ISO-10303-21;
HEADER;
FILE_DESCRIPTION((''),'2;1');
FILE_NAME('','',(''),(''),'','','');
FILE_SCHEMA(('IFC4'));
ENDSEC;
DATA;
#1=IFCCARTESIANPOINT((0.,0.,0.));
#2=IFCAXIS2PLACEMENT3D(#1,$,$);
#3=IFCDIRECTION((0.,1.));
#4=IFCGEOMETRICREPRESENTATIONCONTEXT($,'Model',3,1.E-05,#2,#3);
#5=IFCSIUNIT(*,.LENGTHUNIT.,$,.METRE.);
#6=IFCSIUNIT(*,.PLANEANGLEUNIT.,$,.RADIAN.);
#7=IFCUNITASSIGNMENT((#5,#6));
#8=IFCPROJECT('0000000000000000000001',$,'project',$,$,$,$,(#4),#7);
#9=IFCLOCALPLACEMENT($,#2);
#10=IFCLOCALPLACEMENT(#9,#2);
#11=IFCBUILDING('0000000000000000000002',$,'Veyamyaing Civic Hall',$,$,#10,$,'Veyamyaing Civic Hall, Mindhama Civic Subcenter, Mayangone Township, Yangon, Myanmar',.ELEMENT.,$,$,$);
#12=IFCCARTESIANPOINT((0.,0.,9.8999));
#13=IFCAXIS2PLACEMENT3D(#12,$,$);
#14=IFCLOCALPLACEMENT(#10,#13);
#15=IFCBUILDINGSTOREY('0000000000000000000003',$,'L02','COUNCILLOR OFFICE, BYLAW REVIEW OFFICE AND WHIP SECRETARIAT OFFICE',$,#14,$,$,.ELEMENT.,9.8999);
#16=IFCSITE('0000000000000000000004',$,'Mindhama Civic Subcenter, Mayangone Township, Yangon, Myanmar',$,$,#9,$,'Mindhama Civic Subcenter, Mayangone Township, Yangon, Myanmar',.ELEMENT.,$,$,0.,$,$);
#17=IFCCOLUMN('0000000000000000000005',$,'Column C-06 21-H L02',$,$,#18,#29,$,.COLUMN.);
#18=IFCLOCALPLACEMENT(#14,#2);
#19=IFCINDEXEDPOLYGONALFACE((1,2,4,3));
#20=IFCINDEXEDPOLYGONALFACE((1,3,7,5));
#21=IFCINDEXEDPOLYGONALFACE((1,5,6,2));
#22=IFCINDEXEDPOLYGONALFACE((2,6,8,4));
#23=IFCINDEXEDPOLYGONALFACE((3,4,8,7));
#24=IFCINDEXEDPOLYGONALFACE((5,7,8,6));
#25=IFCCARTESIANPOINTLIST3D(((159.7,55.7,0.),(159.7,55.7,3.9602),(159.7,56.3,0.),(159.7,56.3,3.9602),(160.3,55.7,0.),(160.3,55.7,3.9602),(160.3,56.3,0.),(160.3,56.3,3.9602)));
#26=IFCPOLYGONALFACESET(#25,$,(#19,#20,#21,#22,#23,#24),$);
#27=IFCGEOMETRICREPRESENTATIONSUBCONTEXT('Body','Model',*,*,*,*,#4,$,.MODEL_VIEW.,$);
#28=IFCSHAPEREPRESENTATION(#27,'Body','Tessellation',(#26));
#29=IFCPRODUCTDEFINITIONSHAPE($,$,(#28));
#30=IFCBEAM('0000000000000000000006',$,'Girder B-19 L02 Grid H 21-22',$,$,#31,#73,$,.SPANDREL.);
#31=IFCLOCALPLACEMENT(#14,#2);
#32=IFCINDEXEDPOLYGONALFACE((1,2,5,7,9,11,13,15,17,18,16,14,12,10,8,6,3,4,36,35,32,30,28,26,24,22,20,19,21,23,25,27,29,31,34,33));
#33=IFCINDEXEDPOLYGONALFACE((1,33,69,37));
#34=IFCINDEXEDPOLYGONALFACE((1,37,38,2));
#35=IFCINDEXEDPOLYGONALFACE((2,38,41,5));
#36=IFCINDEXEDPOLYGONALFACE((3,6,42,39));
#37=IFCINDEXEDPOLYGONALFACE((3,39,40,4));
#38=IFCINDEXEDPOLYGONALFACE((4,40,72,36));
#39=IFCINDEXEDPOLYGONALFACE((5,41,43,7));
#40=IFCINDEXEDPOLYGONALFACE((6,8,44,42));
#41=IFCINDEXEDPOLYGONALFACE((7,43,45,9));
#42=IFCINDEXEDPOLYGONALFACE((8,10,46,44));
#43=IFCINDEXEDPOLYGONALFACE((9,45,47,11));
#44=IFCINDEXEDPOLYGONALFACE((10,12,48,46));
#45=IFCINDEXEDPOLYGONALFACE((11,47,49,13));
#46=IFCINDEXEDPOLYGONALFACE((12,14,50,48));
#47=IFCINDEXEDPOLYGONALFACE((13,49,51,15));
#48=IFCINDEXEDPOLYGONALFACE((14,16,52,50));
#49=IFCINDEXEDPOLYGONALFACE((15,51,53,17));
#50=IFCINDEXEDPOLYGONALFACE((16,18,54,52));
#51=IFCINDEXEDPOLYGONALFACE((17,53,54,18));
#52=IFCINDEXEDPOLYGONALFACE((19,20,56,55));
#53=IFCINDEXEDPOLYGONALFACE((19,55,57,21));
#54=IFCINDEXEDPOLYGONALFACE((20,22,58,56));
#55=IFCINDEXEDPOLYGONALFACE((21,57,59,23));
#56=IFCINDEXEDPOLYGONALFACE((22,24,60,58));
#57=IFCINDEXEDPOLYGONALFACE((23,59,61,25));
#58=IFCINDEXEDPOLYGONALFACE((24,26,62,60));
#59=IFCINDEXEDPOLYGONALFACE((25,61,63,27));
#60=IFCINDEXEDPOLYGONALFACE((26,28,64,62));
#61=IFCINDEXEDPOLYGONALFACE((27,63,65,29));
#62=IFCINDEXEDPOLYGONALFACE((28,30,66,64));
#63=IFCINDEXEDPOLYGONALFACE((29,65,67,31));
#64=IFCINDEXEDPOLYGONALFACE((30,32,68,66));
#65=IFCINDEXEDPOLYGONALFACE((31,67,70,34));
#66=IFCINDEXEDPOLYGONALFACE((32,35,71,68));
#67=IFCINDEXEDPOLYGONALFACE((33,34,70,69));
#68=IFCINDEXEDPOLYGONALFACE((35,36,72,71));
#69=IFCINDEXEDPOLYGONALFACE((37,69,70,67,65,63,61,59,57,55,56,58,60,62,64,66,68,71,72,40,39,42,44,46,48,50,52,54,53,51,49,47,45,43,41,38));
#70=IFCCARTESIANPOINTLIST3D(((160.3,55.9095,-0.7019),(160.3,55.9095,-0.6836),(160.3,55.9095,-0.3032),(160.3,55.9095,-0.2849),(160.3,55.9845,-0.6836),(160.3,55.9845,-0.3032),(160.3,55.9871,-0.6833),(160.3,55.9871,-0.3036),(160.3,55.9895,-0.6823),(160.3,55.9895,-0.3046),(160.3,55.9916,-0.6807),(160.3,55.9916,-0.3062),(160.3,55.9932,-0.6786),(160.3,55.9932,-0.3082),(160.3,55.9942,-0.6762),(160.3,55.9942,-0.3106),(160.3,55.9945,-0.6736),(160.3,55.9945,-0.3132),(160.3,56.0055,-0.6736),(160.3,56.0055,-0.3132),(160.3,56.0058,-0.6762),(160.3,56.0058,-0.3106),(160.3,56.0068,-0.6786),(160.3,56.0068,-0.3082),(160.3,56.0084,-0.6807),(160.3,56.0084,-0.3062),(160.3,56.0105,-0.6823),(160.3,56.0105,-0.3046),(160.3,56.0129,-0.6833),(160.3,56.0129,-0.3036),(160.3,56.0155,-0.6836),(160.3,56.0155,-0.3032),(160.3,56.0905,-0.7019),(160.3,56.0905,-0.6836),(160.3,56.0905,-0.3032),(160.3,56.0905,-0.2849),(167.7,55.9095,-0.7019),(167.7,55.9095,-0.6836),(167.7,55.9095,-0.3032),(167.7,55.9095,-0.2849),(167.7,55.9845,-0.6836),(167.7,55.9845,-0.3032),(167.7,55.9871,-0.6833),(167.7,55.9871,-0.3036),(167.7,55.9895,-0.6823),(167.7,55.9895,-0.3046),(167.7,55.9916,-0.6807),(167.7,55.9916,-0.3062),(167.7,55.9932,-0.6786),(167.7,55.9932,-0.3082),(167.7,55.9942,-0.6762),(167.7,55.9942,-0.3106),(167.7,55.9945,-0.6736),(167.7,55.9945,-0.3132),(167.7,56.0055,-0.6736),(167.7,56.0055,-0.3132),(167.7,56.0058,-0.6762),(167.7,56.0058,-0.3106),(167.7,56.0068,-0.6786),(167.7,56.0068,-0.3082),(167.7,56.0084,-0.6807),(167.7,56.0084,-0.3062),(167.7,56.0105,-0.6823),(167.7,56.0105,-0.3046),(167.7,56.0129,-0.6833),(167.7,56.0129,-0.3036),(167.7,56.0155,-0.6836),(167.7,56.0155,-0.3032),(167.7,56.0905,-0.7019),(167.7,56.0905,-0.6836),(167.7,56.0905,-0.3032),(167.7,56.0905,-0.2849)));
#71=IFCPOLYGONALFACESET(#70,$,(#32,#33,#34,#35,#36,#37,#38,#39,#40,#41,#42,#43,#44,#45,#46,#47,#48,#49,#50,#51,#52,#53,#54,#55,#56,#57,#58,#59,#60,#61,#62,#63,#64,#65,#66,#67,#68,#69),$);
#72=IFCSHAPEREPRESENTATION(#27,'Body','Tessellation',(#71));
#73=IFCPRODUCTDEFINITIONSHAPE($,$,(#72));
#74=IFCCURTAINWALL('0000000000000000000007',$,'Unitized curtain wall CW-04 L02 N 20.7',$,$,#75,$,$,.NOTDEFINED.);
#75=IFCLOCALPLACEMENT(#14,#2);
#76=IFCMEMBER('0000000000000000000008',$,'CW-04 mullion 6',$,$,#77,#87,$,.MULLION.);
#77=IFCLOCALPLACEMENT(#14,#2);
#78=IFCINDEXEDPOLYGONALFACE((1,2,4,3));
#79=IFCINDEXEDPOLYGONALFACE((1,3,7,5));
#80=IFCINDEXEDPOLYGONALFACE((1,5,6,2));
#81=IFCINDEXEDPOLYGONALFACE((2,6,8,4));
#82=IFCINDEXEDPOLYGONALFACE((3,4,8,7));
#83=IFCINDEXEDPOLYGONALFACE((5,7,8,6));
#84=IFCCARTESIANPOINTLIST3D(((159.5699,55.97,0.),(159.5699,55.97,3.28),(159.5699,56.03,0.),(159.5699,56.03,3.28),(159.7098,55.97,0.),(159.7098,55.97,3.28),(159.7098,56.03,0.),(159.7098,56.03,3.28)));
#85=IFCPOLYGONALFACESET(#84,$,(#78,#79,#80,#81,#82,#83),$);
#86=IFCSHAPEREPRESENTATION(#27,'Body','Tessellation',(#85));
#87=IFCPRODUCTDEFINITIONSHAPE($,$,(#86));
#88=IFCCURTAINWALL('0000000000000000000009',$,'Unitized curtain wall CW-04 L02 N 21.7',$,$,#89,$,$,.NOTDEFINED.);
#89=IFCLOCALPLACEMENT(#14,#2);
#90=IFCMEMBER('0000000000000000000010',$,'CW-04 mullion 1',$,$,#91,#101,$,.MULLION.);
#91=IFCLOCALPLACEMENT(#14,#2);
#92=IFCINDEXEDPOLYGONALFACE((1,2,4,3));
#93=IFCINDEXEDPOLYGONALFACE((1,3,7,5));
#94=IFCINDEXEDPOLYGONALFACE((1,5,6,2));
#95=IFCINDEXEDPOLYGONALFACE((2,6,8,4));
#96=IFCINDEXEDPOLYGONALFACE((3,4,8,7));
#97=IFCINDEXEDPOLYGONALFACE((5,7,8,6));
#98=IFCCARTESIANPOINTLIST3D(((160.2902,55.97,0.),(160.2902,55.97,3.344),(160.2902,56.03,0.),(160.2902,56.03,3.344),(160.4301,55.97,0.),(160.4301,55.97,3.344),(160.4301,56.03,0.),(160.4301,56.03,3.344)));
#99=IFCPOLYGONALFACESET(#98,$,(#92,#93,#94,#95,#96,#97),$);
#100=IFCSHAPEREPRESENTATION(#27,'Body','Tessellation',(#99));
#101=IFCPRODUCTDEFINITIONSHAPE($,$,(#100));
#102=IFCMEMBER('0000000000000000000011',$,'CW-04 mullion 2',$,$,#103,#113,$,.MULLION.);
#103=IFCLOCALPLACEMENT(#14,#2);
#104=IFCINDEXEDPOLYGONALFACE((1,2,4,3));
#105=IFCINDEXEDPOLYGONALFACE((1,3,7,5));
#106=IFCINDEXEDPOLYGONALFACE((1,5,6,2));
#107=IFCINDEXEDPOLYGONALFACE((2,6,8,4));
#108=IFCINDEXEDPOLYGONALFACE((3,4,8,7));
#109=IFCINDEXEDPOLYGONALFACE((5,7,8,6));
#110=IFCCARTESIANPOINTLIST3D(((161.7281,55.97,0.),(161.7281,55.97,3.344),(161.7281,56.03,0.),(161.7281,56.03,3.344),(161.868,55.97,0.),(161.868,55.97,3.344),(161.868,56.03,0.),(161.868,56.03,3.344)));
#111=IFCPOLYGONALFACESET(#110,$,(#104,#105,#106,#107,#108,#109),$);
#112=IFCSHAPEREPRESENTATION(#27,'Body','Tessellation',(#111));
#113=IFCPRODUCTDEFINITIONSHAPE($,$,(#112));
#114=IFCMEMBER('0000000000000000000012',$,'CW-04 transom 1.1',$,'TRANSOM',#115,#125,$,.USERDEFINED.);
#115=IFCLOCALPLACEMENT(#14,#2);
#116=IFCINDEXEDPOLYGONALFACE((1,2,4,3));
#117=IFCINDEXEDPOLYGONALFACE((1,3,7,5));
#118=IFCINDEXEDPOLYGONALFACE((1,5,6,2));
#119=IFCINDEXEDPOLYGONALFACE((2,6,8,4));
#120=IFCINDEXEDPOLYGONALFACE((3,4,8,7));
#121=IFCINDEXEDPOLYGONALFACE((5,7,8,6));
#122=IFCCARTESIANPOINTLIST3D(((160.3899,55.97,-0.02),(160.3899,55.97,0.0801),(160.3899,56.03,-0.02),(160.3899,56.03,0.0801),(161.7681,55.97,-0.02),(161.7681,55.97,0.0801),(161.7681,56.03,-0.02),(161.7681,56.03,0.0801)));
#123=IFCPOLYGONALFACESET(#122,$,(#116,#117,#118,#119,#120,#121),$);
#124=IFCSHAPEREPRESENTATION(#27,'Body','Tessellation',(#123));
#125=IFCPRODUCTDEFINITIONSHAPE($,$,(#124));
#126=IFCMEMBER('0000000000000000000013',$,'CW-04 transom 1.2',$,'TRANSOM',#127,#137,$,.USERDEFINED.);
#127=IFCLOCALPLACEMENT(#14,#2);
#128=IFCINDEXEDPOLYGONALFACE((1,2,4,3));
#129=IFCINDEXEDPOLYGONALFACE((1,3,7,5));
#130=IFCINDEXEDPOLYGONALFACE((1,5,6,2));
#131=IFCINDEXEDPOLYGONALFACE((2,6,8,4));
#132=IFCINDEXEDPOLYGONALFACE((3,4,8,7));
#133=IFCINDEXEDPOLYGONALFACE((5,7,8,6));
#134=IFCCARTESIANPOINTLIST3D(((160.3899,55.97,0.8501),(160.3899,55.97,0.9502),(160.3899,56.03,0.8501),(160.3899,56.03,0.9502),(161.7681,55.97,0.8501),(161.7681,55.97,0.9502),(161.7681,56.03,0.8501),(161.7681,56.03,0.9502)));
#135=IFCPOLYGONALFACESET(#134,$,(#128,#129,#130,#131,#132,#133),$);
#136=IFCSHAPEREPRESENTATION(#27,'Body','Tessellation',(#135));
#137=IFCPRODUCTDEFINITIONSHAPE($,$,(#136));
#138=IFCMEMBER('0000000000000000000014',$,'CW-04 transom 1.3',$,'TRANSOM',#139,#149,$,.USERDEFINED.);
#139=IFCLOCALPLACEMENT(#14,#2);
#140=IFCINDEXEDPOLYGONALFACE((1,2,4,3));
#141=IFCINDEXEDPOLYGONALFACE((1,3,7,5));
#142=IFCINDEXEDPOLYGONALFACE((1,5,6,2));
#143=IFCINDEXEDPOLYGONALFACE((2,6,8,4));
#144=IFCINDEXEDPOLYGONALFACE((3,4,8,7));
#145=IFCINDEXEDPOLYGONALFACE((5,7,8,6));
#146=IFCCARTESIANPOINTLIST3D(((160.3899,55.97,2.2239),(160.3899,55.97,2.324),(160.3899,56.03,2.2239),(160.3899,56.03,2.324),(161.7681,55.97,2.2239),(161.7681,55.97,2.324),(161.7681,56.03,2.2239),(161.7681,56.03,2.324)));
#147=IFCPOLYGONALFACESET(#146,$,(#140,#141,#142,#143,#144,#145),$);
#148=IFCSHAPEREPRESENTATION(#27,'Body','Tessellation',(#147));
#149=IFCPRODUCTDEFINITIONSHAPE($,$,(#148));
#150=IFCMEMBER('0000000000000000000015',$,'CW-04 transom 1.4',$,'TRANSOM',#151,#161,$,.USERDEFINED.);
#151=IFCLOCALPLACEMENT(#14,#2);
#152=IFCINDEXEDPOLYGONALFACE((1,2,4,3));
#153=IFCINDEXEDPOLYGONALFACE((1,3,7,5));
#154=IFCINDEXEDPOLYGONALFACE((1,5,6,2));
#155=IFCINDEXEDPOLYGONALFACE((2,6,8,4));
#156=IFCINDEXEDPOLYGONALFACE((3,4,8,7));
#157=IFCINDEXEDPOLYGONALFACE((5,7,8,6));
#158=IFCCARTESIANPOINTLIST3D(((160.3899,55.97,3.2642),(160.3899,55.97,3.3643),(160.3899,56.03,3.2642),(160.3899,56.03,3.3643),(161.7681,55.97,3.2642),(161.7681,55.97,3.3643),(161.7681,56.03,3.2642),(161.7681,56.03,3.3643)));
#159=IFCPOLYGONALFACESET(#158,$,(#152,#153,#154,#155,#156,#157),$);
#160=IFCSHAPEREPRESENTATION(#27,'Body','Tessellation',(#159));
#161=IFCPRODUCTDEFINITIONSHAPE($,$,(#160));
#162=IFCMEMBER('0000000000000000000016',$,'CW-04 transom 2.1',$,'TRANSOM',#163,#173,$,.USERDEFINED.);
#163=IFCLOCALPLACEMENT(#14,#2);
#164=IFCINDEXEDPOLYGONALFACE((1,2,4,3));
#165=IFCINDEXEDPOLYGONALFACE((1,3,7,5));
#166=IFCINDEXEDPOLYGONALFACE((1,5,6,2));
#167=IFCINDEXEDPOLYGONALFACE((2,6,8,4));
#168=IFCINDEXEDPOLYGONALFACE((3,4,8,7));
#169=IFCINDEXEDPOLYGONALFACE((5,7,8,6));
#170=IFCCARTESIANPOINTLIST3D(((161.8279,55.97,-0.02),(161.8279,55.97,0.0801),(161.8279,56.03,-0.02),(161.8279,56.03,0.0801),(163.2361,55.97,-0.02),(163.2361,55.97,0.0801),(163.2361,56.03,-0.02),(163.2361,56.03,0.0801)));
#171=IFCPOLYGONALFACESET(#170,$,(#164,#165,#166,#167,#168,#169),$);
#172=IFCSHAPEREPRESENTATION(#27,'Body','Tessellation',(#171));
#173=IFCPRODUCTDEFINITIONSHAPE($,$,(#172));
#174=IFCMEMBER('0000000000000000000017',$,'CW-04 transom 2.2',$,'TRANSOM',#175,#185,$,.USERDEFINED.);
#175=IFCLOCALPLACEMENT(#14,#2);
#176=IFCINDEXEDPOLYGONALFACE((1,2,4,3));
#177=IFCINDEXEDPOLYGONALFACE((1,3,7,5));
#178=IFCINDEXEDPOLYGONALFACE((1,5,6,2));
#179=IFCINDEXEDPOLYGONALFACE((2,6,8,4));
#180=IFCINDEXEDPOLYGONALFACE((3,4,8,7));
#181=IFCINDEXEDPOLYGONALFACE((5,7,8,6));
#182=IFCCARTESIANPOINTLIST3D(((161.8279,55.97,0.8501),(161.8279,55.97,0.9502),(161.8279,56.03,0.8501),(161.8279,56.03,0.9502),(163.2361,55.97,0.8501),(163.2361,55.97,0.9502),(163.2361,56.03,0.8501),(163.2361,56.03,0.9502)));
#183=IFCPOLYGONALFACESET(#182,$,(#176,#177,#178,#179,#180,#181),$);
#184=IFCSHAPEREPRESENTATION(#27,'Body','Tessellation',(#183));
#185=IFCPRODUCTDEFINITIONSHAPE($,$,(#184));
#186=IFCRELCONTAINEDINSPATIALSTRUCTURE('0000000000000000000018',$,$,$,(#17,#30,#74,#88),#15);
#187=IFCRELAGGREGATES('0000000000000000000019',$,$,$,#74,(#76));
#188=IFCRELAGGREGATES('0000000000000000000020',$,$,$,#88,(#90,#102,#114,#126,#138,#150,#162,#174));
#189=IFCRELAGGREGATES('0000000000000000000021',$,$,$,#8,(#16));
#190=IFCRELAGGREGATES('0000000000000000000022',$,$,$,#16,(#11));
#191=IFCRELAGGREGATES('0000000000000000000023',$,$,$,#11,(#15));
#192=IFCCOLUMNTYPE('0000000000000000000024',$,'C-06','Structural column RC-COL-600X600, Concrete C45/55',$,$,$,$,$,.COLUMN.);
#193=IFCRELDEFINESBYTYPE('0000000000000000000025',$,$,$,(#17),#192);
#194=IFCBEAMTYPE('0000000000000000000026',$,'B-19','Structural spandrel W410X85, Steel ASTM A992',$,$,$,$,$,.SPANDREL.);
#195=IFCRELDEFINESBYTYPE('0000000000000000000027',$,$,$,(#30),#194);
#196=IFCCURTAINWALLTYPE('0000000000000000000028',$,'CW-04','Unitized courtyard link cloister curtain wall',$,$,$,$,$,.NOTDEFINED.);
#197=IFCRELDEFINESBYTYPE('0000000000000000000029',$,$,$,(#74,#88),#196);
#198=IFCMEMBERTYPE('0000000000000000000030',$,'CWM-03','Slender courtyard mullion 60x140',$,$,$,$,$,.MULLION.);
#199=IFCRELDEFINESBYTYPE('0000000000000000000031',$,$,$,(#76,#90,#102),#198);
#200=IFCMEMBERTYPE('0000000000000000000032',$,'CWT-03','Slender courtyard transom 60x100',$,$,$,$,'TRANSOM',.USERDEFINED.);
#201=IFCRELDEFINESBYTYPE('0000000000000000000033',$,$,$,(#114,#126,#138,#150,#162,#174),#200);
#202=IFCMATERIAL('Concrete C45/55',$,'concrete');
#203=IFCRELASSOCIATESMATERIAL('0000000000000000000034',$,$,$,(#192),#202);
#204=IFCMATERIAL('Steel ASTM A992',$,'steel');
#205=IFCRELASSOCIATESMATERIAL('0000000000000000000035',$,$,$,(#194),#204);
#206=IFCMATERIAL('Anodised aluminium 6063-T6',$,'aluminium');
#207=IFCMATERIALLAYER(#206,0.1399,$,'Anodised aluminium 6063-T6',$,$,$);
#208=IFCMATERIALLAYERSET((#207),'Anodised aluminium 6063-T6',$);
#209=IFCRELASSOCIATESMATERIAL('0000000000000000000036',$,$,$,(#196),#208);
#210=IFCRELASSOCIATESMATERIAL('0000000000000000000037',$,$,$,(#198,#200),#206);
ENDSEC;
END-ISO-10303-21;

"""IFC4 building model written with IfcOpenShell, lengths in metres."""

from ifc_helpers import new_model, si_unit, direction, frame, origin, origin_2d, place, context, subcontext, project, spatial, rectangle, i_section, extrude, material, layer, layer_set, material_profile, profile_set, type_object, element, aggregate, save


model = new_model("IFC4")

# Units and contexts
model_context = context("Model", 3, precision=1e-05, world=origin(), true_north=direction((0.0, 1.0)))
body_context = subcontext(model_context, "Body", "Model", "MODEL_VIEW")
ifc_project = project(units=[si_unit("LENGTHUNIT", "METRE"), si_unit("PLANEANGLEUNIT", "RADIAN")], contexts=[model_context])

# Site, building, storey
site_placement = place(None, origin())
site = spatial("IfcSite", under=ifc_project, at=site_placement, Name="Mindhama Civic Subcenter, Mayangone Township, Yangon, Myanmar", LongName="Mindhama Civic Subcenter, Mayangone Township, Yangon, Myanmar", CompositionType="ELEMENT", RefElevation=0.0)
building_placement = place(site_placement, origin())
building = spatial("IfcBuilding", under=site, at=building_placement, Name="Veyamyaing Civic Hall", LongName="Veyamyaing Civic Hall, Mindhama Civic Subcenter, Mayangone Township, Yangon, Myanmar", CompositionType="ELEMENT")
storey_placement = place(building_placement, frame((0.0, 0.0, 9.8999)))
storey = spatial("IfcBuildingStorey", under=building, at=storey_placement, Name="L02", Description="COUNCILLOR OFFICE, BYLAW REVIEW OFFICE AND WHIP SECRETARIAT OFFICE", CompositionType="ELEMENT", Elevation=9.8999)

# Column
ifc_material_1 = material(Name="Concrete C45/55", Category="concrete")
ifc_material_profile_1 = material_profile(ifc_material_1, rectangle(XDim=0.6001, YDim=0.6001, at=origin_2d()), Name="RC-COL-600X600")
ifc_profile_set_1 = profile_set([ifc_material_profile_1], Name="Concrete C45/55")
column_type = type_object("IfcColumnType", Name="C-06", Description="Structural column RC-COL-600X600, Concrete C45/55", PredefinedType="COLUMN", material=ifc_profile_set_1)
column_placement = place(storey_placement, frame((160.0, 56.0, 0.0), z_axis=(0.0, 0.0, 1.0), x_axis=(1.0, 0.0, 0.0)))
element("IfcColumn", 1, at=column_placement, inside=storey, type_object=column_type, Name="Column C-06 21-H L02", PredefinedType="COLUMN", context=body_context, shape_type="SweptSolid", body=[
    extrude(rectangle(XDim=0.6001, YDim=0.6001, at=origin_2d()), origin(), (0.0, 0.0, 1.0), 3.9602),
])

# Beam
ifc_material_2 = material(Name="Steel ASTM A992", Category="steel")
ifc_material_profile_2 = material_profile(ifc_material_2, i_section(OverallWidth=0.1809, OverallDepth=0.417, WebThickness=0.011, FlangeThickness=0.0183, FilletRadius=0.01, at=origin_2d()), Name="W410X85")
ifc_profile_set_2 = profile_set([ifc_material_profile_2], Name="Steel ASTM A992")
beam_type = type_object("IfcBeamType", Name="B-19", Description="Structural spandrel W410X85, Steel ASTM A992", PredefinedType="SPANDREL", material=ifc_profile_set_2)
beam_placement = place(storey_placement, frame((160.3, 56.0, -0.4934), z_axis=(1.0, 0.0, 0.0), x_axis=(0.0, 1.0, 0.0)))
element("IfcBeam", 2, at=beam_placement, inside=storey, type_object=beam_type, Name="Girder B-19 L02 Grid H 21-22", PredefinedType="SPANDREL", context=body_context, shape_type="SweptSolid", body=[
    extrude(i_section(OverallWidth=0.1809, OverallDepth=0.417, WebThickness=0.011, FlangeThickness=0.0183, FilletRadius=0.01, at=origin_2d()), origin(), (0.0, 0.0, 1.0), 7.3999),
])

# Curtain wall, member
ifc_material_3 = material(Name="Anodised aluminium 6063-T6", Category="aluminium")
ifc_layer_1 = layer(ifc_material_3, 0.1399, Name="Anodised aluminium 6063-T6")
ifc_layer_set_1 = layer_set([ifc_layer_1], Name="Anodised aluminium 6063-T6")
curtain_wall_type = type_object("IfcCurtainWallType", Name="CW-04", Description="Unitized courtyard link cloister curtain wall", PredefinedType="NOTDEFINED", material=ifc_layer_set_1)
curtain_wall_1_placement = place(storey_placement, origin())
curtain_wall_1 = element("IfcCurtainWall", 3, at=curtain_wall_1_placement, inside=storey, type_object=curtain_wall_type, Name="Unitized curtain wall CW-04 L02 N 20.7", PredefinedType="NOTDEFINED")
ifc_material_profile_3 = material_profile(ifc_material_3, rectangle(XDim=0.0601, YDim=0.1399, at=origin_2d()), Name="ALU-MUL-60X140")
ifc_profile_set_3 = profile_set([ifc_material_profile_3], Name="Anodised aluminium 6063-T6")
member_type_1 = type_object("IfcMemberType", Name="CWM-03", Description="Slender courtyard mullion 60x140", PredefinedType="MULLION", material=ifc_profile_set_3)
member_1_placement = place(storey_placement, frame((159.6399, 56.0, 0.0), z_axis=(0.0, 0.0, 1.0), x_axis=(0.0, 1.0, 0.0)))
member_1 = element("IfcMember", 4, at=member_1_placement, type_object=member_type_1, Name="CW-04 mullion 6", PredefinedType="MULLION", context=body_context, shape_type="SweptSolid", body=[
    extrude(rectangle(XDim=0.0601, YDim=0.1399, at=origin_2d()), origin(), (0.0, 0.0, 1.0), 3.28),
])

# Curtain wall, members
curtain_wall_2_placement = place(storey_placement, origin())
curtain_wall_2 = element("IfcCurtainWall", 5, at=curtain_wall_2_placement, inside=storey, type_object=curtain_wall_type, Name="Unitized curtain wall CW-04 L02 N 21.7", PredefinedType="NOTDEFINED")
member_2_placement = place(storey_placement, frame((160.3601, 56.0, 0.0), z_axis=(0.0, 0.0, 1.0), x_axis=(0.0, 1.0, 0.0)))
member_2 = element("IfcMember", 6, at=member_2_placement, type_object=member_type_1, Name="CW-04 mullion 1", PredefinedType="MULLION", context=body_context, shape_type="SweptSolid", body=[
    extrude(rectangle(XDim=0.0601, YDim=0.1399, at=origin_2d()), origin(), (0.0, 0.0, 1.0), 3.344),
])
member_3_placement = place(storey_placement, frame((161.7981, 56.0, 0.0), z_axis=(0.0, 0.0, 1.0), x_axis=(0.0, 1.0, 0.0)))
member_3 = element("IfcMember", 7, at=member_3_placement, type_object=member_type_1, Name="CW-04 mullion 2", PredefinedType="MULLION", context=body_context, shape_type="SweptSolid", body=[
    extrude(rectangle(XDim=0.0601, YDim=0.1399, at=origin_2d()), origin(), (0.0, 0.0, 1.0), 3.344),
])
ifc_material_profile_4 = material_profile(ifc_material_3, rectangle(XDim=0.0601, YDim=0.1001, at=origin_2d()), Name="ALU-TRN-60X100")
ifc_profile_set_4 = profile_set([ifc_material_profile_4], Name="Anodised aluminium 6063-T6")
member_type_2 = type_object("IfcMemberType", Name="CWT-03", Description="Slender courtyard transom 60x100", ElementType="TRANSOM", PredefinedType="USERDEFINED", material=ifc_profile_set_4)
member_4_placement = place(storey_placement, frame((160.3899, 56.0, 0.03), z_axis=(1.0, 0.0, 0.0), x_axis=(0.0, 1.0, 0.0)))
member_4 = element("IfcMember", 8, at=member_4_placement, type_object=member_type_2, Name="CW-04 transom 1.1", ObjectType="TRANSOM", PredefinedType="USERDEFINED", context=body_context, shape_type="SweptSolid", body=[
    extrude(rectangle(XDim=0.0601, YDim=0.1001, at=origin_2d()), origin(), (0.0, 0.0, 1.0), 1.3782),
])
member_5_placement = place(storey_placement, frame((160.3899, 56.0, 0.9001), z_axis=(1.0, 0.0, 0.0), x_axis=(0.0, 1.0, 0.0)))
member_5 = element("IfcMember", 9, at=member_5_placement, type_object=member_type_2, Name="CW-04 transom 1.2", ObjectType="TRANSOM", PredefinedType="USERDEFINED", context=body_context, shape_type="SweptSolid", body=[
    extrude(rectangle(XDim=0.0601, YDim=0.1001, at=origin_2d()), origin(), (0.0, 0.0, 1.0), 1.3782),
])
member_6_placement = place(storey_placement, frame((160.3899, 56.0, 2.2739), z_axis=(1.0, 0.0, 0.0), x_axis=(0.0, 1.0, 0.0)))
member_6 = element("IfcMember", 10, at=member_6_placement, type_object=member_type_2, Name="CW-04 transom 1.3", ObjectType="TRANSOM", PredefinedType="USERDEFINED", context=body_context, shape_type="SweptSolid", body=[
    extrude(rectangle(XDim=0.0601, YDim=0.1001, at=origin_2d()), origin(), (0.0, 0.0, 1.0), 1.3782),
])
member_7_placement = place(storey_placement, frame((160.3899, 56.0, 3.3142), z_axis=(1.0, 0.0, 0.0), x_axis=(0.0, 1.0, 0.0)))
member_7 = element("IfcMember", 11, at=member_7_placement, type_object=member_type_2, Name="CW-04 transom 1.4", ObjectType="TRANSOM", PredefinedType="USERDEFINED", context=body_context, shape_type="SweptSolid", body=[
    extrude(rectangle(XDim=0.0601, YDim=0.1001, at=origin_2d()), origin(), (0.0, 0.0, 1.0), 1.3782),
])
member_8_placement = place(storey_placement, frame((161.8279, 56.0, 0.03), z_axis=(1.0, 0.0, 0.0), x_axis=(0.0, 1.0, 0.0)))
member_8 = element("IfcMember", 12, at=member_8_placement, type_object=member_type_2, Name="CW-04 transom 2.1", ObjectType="TRANSOM", PredefinedType="USERDEFINED", context=body_context, shape_type="SweptSolid", body=[
    extrude(rectangle(XDim=0.0601, YDim=0.1001, at=origin_2d()), origin(), (0.0, 0.0, 1.0), 1.4082),
])
member_9_placement = place(storey_placement, frame((161.8279, 56.0, 0.9001), z_axis=(1.0, 0.0, 0.0), x_axis=(0.0, 1.0, 0.0)))
member_9 = element("IfcMember", 13, at=member_9_placement, type_object=member_type_2, Name="CW-04 transom 2.2", ObjectType="TRANSOM", PredefinedType="USERDEFINED", context=body_context, shape_type="SweptSolid", body=[
    extrude(rectangle(XDim=0.0601, YDim=0.1001, at=origin_2d()), origin(), (0.0, 0.0, 1.0), 1.4082),
])

aggregate(curtain_wall_1, [member_1])
aggregate(curtain_wall_2, [member_2, member_3, member_4, member_5, member_6, member_7, member_8, member_9])

save(model, "model.ifc")
